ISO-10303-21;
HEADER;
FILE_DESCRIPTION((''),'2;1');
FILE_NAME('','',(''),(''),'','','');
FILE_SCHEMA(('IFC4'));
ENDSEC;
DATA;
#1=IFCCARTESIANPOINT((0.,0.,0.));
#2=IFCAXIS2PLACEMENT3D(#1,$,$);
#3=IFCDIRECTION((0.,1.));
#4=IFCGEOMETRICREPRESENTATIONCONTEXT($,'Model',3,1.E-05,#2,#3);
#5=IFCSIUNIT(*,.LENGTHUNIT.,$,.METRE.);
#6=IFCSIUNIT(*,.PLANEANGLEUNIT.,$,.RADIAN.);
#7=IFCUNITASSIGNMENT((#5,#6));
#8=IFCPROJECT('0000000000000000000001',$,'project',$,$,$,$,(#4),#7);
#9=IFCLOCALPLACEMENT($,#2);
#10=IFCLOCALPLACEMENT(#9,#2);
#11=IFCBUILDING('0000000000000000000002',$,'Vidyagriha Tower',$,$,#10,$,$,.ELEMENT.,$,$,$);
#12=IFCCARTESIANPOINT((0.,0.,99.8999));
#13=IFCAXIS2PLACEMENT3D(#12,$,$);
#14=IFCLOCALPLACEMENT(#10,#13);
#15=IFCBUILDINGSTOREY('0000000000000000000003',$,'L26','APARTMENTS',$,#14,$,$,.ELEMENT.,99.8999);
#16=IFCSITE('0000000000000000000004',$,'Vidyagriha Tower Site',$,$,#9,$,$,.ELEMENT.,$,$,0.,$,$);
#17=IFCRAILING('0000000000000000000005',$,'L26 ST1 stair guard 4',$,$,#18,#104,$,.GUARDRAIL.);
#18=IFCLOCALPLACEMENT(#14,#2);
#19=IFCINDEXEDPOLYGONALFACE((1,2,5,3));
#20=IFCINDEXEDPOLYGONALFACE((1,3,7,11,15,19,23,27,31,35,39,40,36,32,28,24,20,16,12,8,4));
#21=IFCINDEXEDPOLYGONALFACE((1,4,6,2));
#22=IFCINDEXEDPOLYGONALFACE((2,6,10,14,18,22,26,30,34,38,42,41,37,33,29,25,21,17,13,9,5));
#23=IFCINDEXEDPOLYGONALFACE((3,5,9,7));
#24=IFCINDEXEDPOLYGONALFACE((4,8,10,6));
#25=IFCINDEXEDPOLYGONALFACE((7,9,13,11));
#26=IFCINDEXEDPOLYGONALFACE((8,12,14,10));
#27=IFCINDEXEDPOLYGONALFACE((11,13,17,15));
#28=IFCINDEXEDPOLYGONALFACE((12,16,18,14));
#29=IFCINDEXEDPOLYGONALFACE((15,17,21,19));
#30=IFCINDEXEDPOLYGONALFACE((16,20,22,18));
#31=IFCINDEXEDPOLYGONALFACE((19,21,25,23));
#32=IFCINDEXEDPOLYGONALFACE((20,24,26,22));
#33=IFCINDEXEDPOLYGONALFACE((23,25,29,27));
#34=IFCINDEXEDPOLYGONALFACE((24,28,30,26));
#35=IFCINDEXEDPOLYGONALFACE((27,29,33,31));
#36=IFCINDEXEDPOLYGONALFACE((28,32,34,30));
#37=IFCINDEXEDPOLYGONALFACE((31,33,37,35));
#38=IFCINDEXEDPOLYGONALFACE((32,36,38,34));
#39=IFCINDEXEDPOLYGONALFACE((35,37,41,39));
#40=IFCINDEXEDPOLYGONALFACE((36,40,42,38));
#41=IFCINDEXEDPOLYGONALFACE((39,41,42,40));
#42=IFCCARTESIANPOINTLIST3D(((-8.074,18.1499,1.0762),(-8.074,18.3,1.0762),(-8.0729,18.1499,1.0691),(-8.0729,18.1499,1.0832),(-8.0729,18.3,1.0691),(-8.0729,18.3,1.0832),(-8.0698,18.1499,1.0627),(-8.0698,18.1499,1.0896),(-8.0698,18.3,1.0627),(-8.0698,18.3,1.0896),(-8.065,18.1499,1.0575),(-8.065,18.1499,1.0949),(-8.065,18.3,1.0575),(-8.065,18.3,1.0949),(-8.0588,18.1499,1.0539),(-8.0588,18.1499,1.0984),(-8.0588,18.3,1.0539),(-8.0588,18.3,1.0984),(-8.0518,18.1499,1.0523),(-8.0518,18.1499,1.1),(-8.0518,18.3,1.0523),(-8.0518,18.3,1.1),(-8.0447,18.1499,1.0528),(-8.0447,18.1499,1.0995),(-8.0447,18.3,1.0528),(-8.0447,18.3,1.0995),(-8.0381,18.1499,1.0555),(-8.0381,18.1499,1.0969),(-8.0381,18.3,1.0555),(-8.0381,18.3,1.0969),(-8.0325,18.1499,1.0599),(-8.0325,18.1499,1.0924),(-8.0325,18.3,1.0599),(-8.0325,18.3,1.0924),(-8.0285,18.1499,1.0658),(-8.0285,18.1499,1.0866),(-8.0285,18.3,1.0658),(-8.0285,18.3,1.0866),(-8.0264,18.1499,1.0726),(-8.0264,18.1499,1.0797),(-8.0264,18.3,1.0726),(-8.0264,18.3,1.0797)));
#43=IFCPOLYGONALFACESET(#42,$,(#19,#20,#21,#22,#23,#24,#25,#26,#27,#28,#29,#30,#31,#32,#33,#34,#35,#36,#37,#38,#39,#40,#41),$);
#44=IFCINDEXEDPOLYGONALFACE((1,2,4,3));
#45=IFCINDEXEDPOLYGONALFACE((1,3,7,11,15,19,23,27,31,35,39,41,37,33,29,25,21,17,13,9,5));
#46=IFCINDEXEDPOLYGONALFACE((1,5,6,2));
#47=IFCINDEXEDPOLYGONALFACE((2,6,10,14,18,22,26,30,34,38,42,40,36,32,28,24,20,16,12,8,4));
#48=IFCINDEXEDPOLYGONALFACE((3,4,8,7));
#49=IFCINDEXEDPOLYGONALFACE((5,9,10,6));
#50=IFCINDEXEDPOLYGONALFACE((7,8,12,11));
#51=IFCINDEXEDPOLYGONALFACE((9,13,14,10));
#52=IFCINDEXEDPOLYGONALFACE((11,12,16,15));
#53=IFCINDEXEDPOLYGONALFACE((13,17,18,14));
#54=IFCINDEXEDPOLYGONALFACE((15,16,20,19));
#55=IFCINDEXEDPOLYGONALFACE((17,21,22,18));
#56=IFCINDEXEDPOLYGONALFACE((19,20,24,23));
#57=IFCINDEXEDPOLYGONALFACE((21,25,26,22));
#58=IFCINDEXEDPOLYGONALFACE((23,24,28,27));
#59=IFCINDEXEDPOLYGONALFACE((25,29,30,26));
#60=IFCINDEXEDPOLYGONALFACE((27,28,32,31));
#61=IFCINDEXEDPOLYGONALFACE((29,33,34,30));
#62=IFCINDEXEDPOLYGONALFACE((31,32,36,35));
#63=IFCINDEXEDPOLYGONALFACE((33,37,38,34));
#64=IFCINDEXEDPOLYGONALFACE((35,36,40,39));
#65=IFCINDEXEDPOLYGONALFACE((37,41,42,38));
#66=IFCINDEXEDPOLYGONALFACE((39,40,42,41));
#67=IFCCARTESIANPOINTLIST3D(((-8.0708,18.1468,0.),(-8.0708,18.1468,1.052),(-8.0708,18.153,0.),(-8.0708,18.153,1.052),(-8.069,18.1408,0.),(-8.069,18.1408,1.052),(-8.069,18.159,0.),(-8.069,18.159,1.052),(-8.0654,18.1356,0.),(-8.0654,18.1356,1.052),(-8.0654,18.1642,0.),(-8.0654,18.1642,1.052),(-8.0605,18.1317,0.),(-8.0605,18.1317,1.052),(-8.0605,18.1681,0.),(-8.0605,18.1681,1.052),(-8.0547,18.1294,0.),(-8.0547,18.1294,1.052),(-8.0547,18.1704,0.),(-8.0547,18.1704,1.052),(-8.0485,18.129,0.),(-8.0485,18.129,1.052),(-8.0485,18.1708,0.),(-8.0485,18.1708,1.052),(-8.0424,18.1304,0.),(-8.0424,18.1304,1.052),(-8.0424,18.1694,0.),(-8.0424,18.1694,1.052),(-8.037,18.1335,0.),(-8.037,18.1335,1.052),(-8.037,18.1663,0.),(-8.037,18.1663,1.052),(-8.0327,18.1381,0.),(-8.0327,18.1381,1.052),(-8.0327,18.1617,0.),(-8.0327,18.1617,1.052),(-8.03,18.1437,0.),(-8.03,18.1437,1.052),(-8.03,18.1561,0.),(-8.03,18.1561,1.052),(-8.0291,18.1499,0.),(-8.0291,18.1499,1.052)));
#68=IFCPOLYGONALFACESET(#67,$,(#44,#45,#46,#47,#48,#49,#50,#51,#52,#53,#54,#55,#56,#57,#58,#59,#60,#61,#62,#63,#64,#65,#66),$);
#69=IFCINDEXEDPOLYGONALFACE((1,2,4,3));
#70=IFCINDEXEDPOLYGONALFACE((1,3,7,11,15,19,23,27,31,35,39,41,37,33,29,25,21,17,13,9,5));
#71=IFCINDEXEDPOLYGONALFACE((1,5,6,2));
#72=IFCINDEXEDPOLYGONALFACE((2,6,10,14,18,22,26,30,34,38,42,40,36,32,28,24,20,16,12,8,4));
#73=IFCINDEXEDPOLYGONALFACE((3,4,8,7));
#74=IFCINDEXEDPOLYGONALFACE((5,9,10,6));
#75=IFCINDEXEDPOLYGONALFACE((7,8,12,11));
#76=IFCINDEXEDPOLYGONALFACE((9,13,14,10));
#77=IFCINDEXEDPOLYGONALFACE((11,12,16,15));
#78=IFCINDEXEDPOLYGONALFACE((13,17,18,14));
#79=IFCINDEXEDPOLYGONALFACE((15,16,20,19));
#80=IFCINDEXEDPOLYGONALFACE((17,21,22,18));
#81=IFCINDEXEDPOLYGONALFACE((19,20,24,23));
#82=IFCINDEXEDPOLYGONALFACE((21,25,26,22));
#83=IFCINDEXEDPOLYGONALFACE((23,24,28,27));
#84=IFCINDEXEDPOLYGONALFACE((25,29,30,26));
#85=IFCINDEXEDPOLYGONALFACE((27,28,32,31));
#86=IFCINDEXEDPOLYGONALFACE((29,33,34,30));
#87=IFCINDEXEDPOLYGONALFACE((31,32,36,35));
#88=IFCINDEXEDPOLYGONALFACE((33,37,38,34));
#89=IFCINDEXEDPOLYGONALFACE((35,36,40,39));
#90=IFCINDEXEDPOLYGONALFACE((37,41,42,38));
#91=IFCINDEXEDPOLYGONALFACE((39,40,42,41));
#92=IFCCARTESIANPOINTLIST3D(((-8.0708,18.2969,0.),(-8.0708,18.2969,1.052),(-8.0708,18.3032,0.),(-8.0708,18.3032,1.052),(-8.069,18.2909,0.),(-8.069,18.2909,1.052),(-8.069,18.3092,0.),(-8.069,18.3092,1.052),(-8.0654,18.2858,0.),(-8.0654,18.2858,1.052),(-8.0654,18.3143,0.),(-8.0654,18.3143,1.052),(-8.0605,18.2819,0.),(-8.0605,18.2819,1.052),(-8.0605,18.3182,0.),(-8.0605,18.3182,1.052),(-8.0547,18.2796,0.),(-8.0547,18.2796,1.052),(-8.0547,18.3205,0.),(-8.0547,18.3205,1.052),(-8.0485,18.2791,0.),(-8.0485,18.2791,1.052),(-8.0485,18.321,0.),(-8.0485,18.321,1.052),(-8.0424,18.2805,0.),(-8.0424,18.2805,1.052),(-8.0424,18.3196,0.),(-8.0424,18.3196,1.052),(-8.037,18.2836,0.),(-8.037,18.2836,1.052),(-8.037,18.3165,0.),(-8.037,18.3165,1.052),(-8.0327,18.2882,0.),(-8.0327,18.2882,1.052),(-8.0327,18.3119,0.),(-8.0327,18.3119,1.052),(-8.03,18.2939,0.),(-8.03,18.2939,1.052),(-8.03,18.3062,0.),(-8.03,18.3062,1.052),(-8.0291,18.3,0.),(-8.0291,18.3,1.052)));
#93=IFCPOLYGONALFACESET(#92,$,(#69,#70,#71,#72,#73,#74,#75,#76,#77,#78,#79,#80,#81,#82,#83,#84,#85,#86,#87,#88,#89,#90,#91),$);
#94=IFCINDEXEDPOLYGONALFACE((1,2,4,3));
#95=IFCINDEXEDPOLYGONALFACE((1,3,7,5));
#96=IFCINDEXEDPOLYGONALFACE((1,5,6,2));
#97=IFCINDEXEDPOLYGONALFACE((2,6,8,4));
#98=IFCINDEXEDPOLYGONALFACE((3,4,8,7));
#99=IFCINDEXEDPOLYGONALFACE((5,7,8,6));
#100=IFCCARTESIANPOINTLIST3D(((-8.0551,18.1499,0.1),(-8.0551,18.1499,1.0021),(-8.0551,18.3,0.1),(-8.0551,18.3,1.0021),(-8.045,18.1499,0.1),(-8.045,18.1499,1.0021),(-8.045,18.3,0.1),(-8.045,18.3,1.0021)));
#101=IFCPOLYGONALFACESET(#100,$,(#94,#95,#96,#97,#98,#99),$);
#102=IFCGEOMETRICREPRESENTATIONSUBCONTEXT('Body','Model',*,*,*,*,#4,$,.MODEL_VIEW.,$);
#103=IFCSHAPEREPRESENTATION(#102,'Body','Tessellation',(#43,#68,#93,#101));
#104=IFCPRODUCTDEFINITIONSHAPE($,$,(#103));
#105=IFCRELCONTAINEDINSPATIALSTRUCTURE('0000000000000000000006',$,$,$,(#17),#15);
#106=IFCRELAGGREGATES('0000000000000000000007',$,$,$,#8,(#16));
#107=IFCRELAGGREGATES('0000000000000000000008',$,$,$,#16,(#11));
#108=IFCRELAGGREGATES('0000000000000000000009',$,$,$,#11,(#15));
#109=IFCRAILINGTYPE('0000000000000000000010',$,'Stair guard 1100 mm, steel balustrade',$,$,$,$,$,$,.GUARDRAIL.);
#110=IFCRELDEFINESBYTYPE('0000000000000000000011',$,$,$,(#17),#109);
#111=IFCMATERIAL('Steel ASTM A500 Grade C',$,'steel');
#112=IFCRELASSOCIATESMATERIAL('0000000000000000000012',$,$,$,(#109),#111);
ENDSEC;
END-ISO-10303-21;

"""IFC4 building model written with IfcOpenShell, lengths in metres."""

from ifc_helpers import new_model, si_unit, direction, frame, origin, origin_2d, place, context, subcontext, project, spatial, rectangle, circle, extrude, material, type_object, element, save


model = new_model("IFC4")

# Units and contexts
model_context = context("Model", 3, precision=1e-05, world=origin(), true_north=direction((0.0, 1.0)))
body_context = subcontext(model_context, "Body", "Model", "MODEL_VIEW")
ifc_project = project(units=[si_unit("LENGTHUNIT", "METRE"), si_unit("PLANEANGLEUNIT", "RADIAN")], contexts=[model_context])

# Site, building, storey
site_placement = place(None, origin())
site = spatial("IfcSite", under=ifc_project, at=site_placement, Name="Vidyagriha Tower Site", CompositionType="ELEMENT", RefElevation=0.0)
building_placement = place(site_placement, origin())
building = spatial("IfcBuilding", under=site, at=building_placement, Name="Vidyagriha Tower", CompositionType="ELEMENT")
storey_placement = place(building_placement, frame((0.0, 0.0, 99.8999)))
storey = spatial("IfcBuildingStorey", under=building, at=storey_placement, Name="L26", Description="APARTMENTS", CompositionType="ELEMENT", Elevation=99.8999)

# Railing
ifc_material_1 = material(Name="Steel ASTM A500 Grade C", Category="steel")
railing_type_1 = type_object("IfcRailingType", Name="Stair guard 1100 mm, steel balustrade", PredefinedType="GUARDRAIL", material=ifc_material_1)
railing_1_placement = place(storey_placement, frame((-8.05, 18.1499, 0.0)))
element("IfcRailing", 1, at=railing_1_placement, inside=storey, type_object=railing_type_1, Name="L26 ST1 stair guard 4", PredefinedType="GUARDRAIL", context=body_context, shape_type="SweptSolid", body=[
    extrude(circle(Radius=0.0239, at=origin_2d()), frame((0.0, 0.0, 1.0762), z_axis=(0.0, 1.0, 0.0), x_axis=(-1.0, 0.0, 0.0)), (0.0, 0.0, 1.0), 0.1501),
    extrude(circle(Radius=0.021, at=origin_2d()), origin(), (0.0, 0.0, 1.0), 1.052),
    extrude(circle(Radius=0.021, at=origin_2d()), frame((0.0, 0.1501, 0.0)), (0.0, 0.0, 1.0), 1.052),
    extrude(rectangle(XDim=0.01, YDim=0.9021, at=origin_2d()), frame((0.0, 0.0, 0.551), z_axis=(0.0, 1.0, 0.0), x_axis=(-1.0, 0.0, 0.0)), (0.0, 0.0, 1.0), 0.1501),
])

save(model, "model.ifc")
